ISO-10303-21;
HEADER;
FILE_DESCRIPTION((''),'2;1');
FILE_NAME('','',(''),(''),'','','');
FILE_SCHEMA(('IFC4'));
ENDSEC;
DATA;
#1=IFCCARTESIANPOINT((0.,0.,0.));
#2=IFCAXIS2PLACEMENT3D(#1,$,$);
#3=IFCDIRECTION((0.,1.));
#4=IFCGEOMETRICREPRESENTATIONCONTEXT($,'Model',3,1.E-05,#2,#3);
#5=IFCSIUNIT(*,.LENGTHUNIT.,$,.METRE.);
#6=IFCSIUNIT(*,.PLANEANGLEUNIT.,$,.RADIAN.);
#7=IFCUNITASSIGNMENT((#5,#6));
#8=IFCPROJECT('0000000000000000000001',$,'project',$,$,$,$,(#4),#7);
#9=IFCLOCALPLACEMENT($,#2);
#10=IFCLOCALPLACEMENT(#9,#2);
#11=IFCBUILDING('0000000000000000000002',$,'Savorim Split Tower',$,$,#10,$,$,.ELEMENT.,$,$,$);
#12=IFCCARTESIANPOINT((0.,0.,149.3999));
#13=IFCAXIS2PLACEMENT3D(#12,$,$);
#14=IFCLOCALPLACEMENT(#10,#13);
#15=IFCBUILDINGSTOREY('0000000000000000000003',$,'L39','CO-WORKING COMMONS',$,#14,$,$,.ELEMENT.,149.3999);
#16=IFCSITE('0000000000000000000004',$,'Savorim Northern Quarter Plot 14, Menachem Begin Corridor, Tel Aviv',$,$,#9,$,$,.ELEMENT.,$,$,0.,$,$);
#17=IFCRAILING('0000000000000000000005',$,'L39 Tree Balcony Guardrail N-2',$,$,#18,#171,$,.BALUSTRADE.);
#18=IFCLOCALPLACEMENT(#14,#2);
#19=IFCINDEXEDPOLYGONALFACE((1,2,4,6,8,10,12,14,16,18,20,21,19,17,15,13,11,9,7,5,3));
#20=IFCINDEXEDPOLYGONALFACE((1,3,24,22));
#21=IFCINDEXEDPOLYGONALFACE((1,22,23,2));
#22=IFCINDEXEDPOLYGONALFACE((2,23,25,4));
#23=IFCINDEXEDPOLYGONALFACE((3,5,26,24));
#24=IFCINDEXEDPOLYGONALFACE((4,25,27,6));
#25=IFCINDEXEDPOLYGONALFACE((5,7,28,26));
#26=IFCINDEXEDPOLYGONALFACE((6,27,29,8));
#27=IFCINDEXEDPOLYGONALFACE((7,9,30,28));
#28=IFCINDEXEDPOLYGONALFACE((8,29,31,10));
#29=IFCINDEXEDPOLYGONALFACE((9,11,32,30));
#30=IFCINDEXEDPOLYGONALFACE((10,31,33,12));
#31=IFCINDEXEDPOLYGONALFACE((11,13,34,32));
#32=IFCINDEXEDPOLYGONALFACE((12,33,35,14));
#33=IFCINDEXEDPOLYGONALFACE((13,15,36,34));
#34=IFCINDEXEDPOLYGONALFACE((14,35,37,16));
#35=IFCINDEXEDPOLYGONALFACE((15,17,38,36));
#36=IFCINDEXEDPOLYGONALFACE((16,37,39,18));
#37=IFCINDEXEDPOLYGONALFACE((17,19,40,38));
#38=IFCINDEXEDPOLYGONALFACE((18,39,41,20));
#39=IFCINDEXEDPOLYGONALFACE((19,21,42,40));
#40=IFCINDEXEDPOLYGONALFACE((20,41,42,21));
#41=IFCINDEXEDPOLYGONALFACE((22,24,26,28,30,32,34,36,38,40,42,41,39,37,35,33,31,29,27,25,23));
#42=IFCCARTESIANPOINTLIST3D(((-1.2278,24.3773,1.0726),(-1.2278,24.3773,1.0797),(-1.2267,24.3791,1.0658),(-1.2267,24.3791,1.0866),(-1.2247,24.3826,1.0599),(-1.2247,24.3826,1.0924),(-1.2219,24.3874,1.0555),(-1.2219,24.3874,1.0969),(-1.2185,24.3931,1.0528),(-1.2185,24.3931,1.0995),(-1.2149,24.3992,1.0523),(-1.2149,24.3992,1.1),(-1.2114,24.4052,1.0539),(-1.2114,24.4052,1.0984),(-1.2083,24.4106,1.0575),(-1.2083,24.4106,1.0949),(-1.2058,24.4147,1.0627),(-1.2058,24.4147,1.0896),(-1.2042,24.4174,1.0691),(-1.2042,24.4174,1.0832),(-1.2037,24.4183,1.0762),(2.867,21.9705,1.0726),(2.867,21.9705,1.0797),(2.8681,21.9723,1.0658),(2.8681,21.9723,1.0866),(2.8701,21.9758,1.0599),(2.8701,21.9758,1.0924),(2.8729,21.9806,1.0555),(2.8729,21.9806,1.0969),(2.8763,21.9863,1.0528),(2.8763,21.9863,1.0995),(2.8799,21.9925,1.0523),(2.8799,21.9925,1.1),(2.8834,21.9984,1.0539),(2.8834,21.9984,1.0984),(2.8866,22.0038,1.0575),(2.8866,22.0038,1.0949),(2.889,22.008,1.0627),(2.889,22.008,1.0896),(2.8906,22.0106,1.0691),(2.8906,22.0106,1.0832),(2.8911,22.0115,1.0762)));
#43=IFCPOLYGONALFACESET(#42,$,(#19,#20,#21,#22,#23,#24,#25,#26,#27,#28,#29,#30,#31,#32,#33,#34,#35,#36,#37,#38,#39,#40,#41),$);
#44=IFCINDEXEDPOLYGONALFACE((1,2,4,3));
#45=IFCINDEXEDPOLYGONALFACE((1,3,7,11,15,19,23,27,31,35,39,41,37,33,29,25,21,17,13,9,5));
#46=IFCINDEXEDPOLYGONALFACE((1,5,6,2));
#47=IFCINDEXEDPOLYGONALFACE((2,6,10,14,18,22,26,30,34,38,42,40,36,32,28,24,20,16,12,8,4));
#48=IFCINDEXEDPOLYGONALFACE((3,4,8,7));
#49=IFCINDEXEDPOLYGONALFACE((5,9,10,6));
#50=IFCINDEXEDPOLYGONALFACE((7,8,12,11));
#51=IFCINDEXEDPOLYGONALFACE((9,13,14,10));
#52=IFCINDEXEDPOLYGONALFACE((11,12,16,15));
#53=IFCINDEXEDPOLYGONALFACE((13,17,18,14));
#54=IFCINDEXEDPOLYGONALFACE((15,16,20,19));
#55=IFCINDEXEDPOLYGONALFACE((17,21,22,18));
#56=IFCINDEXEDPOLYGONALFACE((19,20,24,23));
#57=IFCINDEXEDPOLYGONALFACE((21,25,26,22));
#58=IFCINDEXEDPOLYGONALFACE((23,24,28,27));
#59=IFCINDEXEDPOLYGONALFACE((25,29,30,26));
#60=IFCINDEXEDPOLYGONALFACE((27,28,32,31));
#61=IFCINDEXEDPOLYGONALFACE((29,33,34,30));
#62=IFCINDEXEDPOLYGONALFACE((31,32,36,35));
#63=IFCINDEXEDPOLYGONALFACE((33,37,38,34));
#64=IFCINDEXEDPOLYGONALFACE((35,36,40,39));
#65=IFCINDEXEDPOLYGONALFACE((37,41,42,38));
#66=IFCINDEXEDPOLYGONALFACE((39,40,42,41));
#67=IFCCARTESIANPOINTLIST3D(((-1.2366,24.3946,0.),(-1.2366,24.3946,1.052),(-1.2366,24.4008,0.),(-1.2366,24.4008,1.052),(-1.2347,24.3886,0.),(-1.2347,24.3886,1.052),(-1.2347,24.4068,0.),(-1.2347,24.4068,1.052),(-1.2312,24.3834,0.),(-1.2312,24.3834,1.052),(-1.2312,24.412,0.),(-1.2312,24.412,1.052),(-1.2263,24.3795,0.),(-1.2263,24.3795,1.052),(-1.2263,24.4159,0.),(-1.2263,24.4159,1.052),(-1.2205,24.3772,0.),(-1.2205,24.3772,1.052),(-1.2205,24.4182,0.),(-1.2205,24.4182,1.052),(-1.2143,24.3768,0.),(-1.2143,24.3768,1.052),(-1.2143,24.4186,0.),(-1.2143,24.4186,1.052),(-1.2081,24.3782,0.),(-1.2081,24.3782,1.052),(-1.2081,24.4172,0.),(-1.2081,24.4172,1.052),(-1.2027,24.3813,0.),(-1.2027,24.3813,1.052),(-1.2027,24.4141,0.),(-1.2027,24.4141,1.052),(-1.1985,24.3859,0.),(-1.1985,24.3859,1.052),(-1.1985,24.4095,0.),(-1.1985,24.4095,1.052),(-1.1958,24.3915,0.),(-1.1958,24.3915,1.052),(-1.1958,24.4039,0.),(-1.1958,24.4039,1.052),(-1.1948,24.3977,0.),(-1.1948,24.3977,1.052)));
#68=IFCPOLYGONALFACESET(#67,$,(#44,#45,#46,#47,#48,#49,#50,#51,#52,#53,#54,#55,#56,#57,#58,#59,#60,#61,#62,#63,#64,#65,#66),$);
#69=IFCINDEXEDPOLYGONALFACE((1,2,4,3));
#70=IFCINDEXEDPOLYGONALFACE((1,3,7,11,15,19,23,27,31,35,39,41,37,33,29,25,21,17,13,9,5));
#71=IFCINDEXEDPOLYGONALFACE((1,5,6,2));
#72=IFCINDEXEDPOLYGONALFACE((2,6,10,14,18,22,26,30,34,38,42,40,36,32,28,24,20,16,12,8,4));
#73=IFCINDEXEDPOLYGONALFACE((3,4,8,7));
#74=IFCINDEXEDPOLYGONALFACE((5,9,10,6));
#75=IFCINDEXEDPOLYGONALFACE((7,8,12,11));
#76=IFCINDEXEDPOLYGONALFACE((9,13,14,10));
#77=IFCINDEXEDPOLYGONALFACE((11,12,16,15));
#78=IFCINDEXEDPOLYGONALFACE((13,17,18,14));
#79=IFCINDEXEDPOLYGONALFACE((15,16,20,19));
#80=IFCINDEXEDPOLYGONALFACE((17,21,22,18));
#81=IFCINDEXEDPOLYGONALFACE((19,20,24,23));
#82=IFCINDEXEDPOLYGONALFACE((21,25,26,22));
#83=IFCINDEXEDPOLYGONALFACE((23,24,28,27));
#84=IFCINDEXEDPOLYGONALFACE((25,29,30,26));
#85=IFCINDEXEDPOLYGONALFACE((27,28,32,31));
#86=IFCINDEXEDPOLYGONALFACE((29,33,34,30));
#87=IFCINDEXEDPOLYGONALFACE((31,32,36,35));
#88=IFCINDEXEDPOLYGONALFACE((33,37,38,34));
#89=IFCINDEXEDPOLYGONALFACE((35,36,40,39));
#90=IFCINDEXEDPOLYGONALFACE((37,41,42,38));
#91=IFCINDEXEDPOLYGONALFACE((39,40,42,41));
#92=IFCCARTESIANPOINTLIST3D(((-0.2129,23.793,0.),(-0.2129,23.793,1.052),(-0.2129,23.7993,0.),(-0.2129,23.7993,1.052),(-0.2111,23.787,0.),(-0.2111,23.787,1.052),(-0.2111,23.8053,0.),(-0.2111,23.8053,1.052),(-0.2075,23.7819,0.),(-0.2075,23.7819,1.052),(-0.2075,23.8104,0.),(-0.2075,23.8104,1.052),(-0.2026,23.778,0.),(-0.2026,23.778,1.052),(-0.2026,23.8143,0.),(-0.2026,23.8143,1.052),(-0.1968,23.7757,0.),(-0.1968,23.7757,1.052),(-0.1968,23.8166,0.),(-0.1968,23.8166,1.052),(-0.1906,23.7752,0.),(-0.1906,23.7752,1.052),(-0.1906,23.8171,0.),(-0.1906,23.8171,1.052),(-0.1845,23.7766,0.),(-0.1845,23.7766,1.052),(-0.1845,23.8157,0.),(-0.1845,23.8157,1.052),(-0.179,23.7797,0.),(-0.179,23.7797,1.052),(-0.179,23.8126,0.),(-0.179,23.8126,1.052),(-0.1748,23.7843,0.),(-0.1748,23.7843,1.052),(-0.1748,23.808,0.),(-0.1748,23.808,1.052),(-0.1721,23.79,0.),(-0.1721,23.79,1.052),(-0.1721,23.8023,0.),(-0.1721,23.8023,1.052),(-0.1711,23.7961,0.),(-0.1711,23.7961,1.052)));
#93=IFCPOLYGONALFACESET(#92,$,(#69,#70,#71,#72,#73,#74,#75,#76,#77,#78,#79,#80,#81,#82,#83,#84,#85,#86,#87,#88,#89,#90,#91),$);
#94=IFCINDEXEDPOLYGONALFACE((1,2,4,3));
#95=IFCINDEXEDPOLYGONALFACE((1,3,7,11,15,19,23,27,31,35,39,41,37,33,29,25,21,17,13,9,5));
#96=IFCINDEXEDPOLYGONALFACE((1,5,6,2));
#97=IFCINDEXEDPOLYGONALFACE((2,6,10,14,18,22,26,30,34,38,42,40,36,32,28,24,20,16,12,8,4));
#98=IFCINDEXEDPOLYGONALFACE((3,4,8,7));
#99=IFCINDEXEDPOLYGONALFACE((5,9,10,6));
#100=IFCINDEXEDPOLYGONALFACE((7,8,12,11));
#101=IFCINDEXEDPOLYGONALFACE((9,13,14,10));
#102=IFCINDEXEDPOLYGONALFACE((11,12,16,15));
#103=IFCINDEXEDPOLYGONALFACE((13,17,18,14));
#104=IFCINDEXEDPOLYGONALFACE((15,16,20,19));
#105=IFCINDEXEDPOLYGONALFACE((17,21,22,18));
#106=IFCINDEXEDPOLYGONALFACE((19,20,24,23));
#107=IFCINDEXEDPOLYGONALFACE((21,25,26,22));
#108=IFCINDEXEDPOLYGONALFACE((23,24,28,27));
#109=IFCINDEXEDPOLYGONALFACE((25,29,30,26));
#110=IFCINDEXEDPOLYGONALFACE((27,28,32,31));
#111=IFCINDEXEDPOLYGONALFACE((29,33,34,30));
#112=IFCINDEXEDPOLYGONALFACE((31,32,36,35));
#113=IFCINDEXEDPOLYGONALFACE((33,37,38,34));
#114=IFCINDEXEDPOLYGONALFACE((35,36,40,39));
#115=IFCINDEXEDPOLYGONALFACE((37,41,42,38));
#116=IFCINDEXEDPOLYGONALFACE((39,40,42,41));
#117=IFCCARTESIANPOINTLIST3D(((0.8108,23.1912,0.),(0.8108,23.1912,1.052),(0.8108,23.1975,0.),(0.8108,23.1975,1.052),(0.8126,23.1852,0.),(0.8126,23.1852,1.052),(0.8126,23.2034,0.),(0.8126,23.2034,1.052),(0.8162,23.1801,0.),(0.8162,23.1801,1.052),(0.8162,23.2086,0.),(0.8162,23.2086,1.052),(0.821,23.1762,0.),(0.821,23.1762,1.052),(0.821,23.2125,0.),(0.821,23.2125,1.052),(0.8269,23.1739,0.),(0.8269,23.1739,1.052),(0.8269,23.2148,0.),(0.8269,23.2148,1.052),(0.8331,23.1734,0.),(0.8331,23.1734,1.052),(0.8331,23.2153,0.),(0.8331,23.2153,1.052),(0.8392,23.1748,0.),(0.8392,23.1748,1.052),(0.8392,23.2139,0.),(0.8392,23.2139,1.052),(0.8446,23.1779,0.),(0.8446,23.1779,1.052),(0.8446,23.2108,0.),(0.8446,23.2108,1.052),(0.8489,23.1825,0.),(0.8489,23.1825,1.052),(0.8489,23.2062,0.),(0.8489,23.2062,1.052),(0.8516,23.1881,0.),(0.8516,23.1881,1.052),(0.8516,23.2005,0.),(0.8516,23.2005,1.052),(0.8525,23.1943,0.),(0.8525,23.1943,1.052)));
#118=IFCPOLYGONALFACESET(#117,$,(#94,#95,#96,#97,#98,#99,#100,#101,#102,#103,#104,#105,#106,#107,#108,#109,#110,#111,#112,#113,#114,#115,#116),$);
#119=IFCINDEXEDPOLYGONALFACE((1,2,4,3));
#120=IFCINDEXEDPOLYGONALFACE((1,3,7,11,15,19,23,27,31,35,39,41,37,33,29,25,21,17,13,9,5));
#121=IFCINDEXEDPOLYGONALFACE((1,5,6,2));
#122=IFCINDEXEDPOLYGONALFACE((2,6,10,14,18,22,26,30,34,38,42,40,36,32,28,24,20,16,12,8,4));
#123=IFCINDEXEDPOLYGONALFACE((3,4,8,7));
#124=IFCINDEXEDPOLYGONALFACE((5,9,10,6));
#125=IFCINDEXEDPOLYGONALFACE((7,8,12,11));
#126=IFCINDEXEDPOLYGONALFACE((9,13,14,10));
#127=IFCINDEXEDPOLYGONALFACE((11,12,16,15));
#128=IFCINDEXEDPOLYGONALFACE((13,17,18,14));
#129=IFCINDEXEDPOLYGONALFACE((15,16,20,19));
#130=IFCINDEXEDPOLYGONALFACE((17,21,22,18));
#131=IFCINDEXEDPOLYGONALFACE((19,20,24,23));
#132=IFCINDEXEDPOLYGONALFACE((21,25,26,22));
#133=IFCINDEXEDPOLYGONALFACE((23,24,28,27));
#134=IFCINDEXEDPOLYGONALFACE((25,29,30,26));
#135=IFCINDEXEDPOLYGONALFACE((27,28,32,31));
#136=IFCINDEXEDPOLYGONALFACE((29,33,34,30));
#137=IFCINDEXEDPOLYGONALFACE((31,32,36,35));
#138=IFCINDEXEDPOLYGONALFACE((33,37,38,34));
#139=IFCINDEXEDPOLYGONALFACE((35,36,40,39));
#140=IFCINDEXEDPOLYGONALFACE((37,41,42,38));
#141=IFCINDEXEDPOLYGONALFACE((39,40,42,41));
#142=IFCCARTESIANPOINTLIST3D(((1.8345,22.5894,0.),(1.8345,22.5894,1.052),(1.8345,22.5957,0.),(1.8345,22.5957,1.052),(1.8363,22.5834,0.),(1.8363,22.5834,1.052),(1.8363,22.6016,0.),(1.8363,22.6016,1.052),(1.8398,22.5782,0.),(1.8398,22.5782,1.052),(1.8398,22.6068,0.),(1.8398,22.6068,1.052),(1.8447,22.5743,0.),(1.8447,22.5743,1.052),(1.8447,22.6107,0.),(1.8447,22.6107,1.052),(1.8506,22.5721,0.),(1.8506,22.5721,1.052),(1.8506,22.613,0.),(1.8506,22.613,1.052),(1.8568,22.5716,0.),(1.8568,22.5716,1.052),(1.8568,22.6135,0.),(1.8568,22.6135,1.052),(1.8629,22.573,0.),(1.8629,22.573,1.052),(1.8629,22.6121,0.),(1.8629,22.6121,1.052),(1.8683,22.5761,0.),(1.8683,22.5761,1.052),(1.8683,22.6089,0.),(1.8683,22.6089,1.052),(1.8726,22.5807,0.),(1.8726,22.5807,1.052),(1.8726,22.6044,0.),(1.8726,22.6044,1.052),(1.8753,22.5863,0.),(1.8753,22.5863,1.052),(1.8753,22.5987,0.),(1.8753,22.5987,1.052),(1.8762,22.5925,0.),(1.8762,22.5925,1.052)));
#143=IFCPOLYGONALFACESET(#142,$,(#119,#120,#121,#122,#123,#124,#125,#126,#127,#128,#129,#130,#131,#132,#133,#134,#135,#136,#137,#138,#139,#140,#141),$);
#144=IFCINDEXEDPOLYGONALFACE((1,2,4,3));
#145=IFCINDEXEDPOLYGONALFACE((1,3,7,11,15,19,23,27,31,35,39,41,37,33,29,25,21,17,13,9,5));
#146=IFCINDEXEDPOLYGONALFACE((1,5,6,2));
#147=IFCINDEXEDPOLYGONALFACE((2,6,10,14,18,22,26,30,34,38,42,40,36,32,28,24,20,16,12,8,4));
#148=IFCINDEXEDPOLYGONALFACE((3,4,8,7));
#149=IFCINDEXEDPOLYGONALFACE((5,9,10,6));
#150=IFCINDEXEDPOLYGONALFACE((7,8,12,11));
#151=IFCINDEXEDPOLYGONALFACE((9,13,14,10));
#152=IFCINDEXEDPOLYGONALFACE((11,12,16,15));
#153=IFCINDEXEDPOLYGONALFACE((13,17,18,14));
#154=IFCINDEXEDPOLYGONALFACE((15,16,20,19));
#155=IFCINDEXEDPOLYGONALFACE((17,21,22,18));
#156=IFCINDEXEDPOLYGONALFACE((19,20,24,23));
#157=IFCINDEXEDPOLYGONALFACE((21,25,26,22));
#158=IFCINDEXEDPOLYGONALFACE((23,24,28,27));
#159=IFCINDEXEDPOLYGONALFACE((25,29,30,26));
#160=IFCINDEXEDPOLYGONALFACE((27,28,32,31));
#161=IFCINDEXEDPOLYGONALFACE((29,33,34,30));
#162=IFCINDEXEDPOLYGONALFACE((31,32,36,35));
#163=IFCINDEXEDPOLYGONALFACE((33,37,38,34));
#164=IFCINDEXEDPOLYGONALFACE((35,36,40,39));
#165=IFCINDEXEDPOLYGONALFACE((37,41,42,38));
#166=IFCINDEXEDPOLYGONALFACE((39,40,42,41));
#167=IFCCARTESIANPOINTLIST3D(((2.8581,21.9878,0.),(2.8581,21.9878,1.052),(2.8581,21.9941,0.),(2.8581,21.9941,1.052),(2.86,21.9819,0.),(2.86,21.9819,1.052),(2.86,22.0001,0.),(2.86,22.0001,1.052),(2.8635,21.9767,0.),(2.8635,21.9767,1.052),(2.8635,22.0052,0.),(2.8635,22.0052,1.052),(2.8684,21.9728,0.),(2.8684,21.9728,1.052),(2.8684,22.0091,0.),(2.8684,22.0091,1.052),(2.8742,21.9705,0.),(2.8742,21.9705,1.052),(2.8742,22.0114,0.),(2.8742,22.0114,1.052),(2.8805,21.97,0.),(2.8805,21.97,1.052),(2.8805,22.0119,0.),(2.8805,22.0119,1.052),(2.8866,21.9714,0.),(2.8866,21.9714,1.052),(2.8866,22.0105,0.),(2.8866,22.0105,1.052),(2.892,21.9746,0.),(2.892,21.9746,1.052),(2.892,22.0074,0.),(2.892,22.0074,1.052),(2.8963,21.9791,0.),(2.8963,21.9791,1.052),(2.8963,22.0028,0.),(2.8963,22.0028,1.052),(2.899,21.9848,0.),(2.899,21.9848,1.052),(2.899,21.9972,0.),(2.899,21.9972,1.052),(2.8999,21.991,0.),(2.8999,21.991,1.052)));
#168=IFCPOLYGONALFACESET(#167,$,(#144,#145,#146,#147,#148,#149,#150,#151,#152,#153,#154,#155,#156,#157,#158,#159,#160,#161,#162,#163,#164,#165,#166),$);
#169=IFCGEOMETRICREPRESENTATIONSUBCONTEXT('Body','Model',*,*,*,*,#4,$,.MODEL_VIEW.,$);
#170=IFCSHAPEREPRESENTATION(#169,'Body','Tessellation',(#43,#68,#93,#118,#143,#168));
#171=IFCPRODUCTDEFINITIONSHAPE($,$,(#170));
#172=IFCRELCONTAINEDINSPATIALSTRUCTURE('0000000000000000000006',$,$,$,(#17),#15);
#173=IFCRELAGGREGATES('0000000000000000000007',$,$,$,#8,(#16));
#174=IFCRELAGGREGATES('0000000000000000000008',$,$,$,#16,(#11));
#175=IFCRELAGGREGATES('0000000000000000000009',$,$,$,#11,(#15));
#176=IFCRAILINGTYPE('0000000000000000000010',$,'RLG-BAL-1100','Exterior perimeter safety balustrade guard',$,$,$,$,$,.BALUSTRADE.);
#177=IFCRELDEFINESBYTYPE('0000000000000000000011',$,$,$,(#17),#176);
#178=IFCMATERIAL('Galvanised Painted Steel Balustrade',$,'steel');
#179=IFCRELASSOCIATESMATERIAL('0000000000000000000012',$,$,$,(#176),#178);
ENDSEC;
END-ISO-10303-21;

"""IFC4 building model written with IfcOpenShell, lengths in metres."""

from ifc_helpers import new_model, si_unit, direction, frame, origin, origin_2d, place, context, subcontext, project, spatial, circle, extrude, material, type_object, element, save


model = new_model("IFC4")

# Units and contexts
model_context = context("Model", 3, precision=1e-05, world=origin(), true_north=direction((0.0, 1.0)))
body_context = subcontext(model_context, "Body", "Model", "MODEL_VIEW")
ifc_project = project(units=[si_unit("LENGTHUNIT", "METRE"), si_unit("PLANEANGLEUNIT", "RADIAN")], contexts=[model_context])

# Site, building, storey
site_placement = place(None, origin())
site = spatial("IfcSite", under=ifc_project, at=site_placement, Name="Savorim Northern Quarter Plot 14, Menachem Begin Corridor, Tel Aviv", CompositionType="ELEMENT", RefElevation=0.0)
building_placement = place(site_placement, origin())
building = spatial("IfcBuilding", under=site, at=building_placement, Name="Savorim Split Tower", CompositionType="ELEMENT")
storey_placement = place(building_placement, frame((0.0, 0.0, 149.3999)))
storey = spatial("IfcBuildingStorey", under=building, at=storey_placement, Name="L39", Description="CO-WORKING COMMONS", CompositionType="ELEMENT", Elevation=149.3999)

# Railing
ifc_material_1 = material(Name="Galvanised Painted Steel Balustrade", Category="steel")
railing_type = type_object("IfcRailingType", Name="RLG-BAL-1100", Description="Exterior perimeter safety balustrade guard", PredefinedType="BALUSTRADE", material=ifc_material_1)
railing_1_placement = place(storey_placement, frame((-1.2158, 24.3977, 0.0)))
element("IfcRailing", 1, at=railing_1_placement, inside=storey, type_object=railing_type, Name="L39 Tree Balcony Guardrail N-2", PredefinedType="BALUSTRADE", context=body_context, shape_type="SweptSolid", body=[
    extrude(circle(Radius=0.0239, at=origin_2d()), frame((0.0, 0.0, 1.0762), z_axis=(0.862111, -0.506719, 0.0), x_axis=(0.506719, 0.862111, 0.0)), (0.0, 0.0, 1.0), 4.7498),
    extrude(circle(Radius=0.021, at=origin_2d()), origin(), (0.0, 0.0, 1.0), 1.052),
    extrude(circle(Radius=0.021, at=origin_2d()), frame((1.0237, -0.6016, 0.0)), (0.0, 0.0, 1.0), 1.052),
    extrude(circle(Radius=0.021, at=origin_2d()), frame((2.0474, -1.2034, 0.0)), (0.0, 0.0, 1.0), 1.052),
    extrude(circle(Radius=0.021, at=origin_2d()), frame((3.071, -1.8052, 0.0)), (0.0, 0.0, 1.0), 1.052),
    extrude(circle(Radius=0.021, at=origin_2d()), frame((4.0947, -2.4067, 0.0)), (0.0, 0.0, 1.0), 1.052),
])

save(model, "model.ifc")
